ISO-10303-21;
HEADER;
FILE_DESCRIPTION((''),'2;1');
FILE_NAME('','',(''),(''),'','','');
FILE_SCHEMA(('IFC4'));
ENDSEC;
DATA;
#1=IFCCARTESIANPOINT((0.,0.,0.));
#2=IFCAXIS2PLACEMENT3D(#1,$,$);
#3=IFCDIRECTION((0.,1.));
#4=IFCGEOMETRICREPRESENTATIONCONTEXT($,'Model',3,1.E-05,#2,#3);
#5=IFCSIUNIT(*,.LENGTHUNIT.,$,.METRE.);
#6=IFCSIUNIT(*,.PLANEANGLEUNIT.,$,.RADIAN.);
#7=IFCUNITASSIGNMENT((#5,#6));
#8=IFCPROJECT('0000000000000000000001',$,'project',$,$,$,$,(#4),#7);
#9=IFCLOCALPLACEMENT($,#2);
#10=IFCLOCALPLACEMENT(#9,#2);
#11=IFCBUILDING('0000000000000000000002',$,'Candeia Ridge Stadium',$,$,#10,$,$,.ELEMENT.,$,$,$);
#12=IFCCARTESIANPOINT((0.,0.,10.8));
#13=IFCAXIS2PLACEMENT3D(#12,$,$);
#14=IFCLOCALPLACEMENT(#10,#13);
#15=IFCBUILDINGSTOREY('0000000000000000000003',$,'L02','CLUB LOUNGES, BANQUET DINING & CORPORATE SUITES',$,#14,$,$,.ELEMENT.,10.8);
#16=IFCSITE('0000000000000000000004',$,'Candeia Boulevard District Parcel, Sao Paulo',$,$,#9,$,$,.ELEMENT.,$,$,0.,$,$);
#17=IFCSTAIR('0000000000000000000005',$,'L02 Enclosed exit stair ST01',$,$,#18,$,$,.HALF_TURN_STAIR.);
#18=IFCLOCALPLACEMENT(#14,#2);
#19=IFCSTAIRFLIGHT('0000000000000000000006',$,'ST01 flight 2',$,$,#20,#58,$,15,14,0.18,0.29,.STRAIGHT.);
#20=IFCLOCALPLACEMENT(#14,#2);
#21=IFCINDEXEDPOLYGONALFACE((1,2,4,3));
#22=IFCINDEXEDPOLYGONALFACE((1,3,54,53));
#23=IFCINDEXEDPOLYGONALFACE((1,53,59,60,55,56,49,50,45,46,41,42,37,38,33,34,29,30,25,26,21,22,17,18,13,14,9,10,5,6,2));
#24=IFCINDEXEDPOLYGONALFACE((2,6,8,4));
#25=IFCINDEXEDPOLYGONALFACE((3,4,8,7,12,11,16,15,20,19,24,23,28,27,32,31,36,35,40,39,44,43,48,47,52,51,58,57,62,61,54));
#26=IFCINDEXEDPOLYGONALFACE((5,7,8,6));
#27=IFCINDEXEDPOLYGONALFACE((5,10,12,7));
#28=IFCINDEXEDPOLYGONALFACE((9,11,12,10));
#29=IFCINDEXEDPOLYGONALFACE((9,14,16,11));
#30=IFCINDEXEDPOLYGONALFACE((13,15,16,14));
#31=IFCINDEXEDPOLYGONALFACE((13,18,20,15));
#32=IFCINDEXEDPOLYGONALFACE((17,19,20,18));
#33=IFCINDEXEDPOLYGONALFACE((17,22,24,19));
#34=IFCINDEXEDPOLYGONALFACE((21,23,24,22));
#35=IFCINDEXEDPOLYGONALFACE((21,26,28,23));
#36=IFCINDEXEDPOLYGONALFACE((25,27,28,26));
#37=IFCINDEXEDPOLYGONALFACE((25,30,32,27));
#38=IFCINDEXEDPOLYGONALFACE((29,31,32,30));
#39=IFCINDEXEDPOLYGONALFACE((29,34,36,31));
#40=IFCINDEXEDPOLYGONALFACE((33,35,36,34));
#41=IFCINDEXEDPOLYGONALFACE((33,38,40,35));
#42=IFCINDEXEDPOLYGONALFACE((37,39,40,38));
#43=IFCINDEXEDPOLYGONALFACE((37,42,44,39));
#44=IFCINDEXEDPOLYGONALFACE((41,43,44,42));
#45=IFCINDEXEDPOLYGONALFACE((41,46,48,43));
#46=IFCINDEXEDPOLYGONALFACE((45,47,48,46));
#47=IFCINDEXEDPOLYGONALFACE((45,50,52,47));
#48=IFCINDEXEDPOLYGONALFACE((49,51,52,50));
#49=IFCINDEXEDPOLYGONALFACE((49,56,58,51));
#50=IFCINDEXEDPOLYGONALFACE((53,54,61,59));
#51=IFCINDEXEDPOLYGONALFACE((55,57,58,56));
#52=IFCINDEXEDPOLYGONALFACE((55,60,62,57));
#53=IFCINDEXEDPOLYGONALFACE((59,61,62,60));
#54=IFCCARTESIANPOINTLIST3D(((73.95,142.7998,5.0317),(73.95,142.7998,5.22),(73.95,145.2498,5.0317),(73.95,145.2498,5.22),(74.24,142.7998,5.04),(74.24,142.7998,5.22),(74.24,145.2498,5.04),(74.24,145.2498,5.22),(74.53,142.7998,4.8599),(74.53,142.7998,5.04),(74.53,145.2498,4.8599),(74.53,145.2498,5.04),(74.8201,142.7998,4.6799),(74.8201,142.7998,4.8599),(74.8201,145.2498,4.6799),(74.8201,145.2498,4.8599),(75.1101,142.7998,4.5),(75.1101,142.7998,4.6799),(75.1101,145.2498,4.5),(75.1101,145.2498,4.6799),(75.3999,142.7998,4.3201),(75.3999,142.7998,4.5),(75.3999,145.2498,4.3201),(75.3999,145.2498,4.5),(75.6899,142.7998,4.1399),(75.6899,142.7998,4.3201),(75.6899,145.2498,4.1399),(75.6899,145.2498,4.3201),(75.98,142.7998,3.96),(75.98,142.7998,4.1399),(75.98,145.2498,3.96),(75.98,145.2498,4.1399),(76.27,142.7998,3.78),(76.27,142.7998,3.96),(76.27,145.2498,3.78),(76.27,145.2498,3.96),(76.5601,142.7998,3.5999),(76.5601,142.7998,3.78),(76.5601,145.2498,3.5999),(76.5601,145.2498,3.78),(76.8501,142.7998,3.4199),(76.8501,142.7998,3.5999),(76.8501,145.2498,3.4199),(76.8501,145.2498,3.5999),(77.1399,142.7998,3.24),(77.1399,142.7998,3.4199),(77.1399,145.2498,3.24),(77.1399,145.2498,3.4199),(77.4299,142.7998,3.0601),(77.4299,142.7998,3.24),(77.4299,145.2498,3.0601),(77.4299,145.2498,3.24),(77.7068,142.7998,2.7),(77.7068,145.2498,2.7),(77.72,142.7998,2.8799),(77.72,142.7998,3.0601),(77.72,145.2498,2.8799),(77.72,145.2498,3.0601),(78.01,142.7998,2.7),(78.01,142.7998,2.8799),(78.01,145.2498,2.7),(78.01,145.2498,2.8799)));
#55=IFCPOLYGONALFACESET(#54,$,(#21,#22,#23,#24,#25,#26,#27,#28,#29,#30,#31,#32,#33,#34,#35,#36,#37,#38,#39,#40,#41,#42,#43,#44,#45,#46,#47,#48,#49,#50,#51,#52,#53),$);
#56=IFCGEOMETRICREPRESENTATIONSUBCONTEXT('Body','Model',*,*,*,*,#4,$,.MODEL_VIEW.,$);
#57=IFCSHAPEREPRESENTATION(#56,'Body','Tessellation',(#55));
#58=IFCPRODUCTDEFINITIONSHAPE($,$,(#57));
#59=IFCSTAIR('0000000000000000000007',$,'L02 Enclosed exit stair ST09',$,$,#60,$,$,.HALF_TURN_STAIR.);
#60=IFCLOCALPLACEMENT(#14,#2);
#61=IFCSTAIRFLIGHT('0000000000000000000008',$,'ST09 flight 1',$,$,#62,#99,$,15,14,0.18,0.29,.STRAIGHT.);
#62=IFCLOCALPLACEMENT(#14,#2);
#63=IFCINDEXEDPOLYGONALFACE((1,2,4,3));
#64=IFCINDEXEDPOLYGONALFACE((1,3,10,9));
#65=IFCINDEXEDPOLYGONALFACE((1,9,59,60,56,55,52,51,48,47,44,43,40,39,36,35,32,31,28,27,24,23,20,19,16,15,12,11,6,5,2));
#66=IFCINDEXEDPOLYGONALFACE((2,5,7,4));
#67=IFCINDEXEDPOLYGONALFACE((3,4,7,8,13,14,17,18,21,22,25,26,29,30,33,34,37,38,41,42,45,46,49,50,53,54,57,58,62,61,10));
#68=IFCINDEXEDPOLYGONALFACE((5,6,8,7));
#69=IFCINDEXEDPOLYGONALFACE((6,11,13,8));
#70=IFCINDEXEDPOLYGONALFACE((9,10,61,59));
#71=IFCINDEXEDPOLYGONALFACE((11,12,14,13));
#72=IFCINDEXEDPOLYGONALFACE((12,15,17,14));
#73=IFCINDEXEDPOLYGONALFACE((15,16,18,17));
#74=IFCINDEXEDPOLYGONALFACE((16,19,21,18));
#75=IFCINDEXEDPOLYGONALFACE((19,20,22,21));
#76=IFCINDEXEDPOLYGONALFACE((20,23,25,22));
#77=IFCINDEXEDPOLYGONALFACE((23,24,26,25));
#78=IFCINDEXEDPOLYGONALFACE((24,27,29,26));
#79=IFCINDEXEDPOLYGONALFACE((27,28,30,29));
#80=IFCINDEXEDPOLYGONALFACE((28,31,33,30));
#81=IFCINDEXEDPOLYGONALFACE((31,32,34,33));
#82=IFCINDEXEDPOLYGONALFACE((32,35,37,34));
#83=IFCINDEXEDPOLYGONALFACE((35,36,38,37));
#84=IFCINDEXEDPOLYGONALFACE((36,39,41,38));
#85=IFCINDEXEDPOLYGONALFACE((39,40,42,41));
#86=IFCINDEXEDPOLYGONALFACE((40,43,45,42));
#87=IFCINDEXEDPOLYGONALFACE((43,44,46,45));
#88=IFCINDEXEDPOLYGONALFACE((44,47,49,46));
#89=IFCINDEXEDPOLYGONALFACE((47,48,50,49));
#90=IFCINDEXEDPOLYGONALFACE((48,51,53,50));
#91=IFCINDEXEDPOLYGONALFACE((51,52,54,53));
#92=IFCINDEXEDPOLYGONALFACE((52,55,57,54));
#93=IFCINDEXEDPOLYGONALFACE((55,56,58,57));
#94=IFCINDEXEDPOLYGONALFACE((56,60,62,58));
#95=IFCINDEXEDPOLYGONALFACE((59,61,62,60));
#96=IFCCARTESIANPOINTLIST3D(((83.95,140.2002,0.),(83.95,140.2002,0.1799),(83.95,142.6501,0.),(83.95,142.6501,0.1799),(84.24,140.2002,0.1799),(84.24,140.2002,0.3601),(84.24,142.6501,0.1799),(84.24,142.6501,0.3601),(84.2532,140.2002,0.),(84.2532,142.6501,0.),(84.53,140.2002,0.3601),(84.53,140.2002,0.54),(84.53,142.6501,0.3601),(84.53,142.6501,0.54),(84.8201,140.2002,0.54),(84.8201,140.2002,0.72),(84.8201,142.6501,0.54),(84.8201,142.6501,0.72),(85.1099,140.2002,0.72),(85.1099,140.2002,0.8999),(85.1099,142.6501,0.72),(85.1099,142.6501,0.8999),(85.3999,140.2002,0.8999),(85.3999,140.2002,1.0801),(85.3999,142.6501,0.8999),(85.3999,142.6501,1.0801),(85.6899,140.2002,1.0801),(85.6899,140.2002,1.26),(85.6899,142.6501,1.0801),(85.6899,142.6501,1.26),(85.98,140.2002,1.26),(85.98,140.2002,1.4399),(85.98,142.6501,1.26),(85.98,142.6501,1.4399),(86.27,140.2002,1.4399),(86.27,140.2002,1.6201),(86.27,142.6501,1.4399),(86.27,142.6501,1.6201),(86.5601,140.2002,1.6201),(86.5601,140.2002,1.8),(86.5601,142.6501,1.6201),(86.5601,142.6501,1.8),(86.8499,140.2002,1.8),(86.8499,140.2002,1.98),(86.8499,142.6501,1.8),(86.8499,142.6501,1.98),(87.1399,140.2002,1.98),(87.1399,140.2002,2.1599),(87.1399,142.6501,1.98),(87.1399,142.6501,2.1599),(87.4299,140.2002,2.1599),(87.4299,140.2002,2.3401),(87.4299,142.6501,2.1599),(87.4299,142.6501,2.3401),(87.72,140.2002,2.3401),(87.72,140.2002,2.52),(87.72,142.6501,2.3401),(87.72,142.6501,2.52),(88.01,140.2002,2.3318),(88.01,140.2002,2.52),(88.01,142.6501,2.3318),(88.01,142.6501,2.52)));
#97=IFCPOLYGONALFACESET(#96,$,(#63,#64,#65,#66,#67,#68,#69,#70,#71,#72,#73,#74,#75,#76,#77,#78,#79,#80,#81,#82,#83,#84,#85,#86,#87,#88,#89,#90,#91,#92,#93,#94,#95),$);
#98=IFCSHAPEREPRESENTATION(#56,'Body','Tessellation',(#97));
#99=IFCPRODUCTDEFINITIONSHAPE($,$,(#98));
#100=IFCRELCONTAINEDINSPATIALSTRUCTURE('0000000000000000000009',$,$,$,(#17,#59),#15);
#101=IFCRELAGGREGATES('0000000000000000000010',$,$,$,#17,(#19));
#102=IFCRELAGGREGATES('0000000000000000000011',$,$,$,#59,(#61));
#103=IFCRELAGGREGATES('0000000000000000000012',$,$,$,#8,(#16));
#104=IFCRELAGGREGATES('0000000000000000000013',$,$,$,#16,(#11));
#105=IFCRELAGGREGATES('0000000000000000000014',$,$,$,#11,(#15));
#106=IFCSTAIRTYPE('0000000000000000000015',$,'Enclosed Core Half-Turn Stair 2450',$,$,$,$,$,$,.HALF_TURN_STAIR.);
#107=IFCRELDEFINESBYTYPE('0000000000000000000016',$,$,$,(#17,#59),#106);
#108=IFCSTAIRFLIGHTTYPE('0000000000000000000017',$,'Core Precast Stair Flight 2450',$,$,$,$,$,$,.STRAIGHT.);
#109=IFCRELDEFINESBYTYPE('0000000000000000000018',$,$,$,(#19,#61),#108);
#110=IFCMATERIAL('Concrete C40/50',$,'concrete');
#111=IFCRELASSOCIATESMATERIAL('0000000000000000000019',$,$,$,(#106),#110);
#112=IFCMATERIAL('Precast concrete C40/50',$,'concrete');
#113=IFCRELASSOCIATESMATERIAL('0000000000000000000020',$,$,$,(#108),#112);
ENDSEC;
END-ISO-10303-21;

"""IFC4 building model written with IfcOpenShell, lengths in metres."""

from ifc_helpers import new_model, si_unit, direction, frame, origin, place, context, subcontext, project, spatial, polyline, outline, extrude, material, type_object, element, aggregate, save


model = new_model("IFC4")

# Units and contexts
model_context = context("Model", 3, precision=1e-05, world=origin(), true_north=direction((0.0, 1.0)))
body_context = subcontext(model_context, "Body", "Model", "MODEL_VIEW")
ifc_project = project(units=[si_unit("LENGTHUNIT", "METRE"), si_unit("PLANEANGLEUNIT", "RADIAN")], contexts=[model_context])

# Site, building, storey
site_placement = place(None, origin())
site = spatial("IfcSite", under=ifc_project, at=site_placement, Name="Candeia Boulevard District Parcel, Sao Paulo", CompositionType="ELEMENT", RefElevation=0.0)
building_placement = place(site_placement, origin())
building = spatial("IfcBuilding", under=site, at=building_placement, Name="Candeia Ridge Stadium", CompositionType="ELEMENT")
storey_placement = place(building_placement, frame((0.0, 0.0, 10.8)))
storey = spatial("IfcBuildingStorey", under=building, at=storey_placement, Name="L02", Description="CLUB LOUNGES, BANQUET DINING & CORPORATE SUITES", CompositionType="ELEMENT", Elevation=10.8)

# Shared definitions
ifc_material_1 = material(Name="Concrete C40/50", Category="concrete")

# Stairs, stair flights
stair_type = type_object("IfcStairType", Name="Enclosed Core Half-Turn Stair 2450", PredefinedType="HALF_TURN_STAIR", material=ifc_material_1)
stair_1_placement = place(storey_placement, origin())
stair_1 = element("IfcStair", 1, at=stair_1_placement, inside=storey, type_object=stair_type, Name="L02 Enclosed exit stair ST01", PredefinedType="HALF_TURN_STAIR")
ifc_material_2 = material(Name="Precast concrete C40/50", Category="concrete")
stair_flight_type = type_object("IfcStairFlightType", Name="Core Precast Stair Flight 2450", PredefinedType="STRAIGHT", material=ifc_material_2)
stair_flight_1_placement = place(storey_placement, frame((78.01, 144.0249, 2.7), z_axis=(0.0, 0.0, 1.0), x_axis=(-1.0, 0.0, 0.0)))
stair_flight_1 = element("IfcStairFlight", 2, at=stair_flight_1_placement, type_object=stair_flight_type, Name="ST01 flight 2", NumberOfRisers=15, NumberOfTreads=14, PredefinedType="STRAIGHT", RiserHeight=0.18, TreadLength=0.29, context=body_context, shape_type="SweptSolid", body=[
    extrude(outline(polyline([(0.0, 0.0), (0.0, 0.1799), (0.29, 0.1799), (0.29, 0.3601), (0.5801, 0.3601), (0.5801, 0.54), (0.8701, 0.54), (0.8701, 0.72), (1.1599, 0.72), (1.1599, 0.8999), (1.45, 0.8999), (1.45, 1.0801), (1.74, 1.0801), (1.74, 1.26), (2.03, 1.26), (2.03, 1.4399), (2.3201, 1.4399), (2.3201, 1.6201), (2.6101, 1.6201), (2.6101, 1.8), (2.8999, 1.8), (2.8999, 1.98), (3.1899, 1.98), (3.1899, 2.1599), (3.48, 2.1599), (3.48, 2.3401), (3.77, 2.3401), (3.77, 2.52), (4.0601, 2.52), (4.0601, 2.7), (4.0601, 2.3318), (0.3032, 0.0), (0.0, 0.0)])), frame((0.0, 1.2251, 0.0), z_axis=(0.0, -1.0, 0.0), x_axis=(1.0, 0.0, 0.0)), (0.0, 0.0, 1.0), 2.45),
])
aggregate(stair_1, [stair_flight_1])
stair_2_placement = place(storey_placement, origin())
stair_2 = element("IfcStair", 3, at=stair_2_placement, inside=storey, type_object=stair_type, Name="L02 Enclosed exit stair ST09", PredefinedType="HALF_TURN_STAIR")
stair_flight_2_placement = place(storey_placement, frame((83.95, 141.425, 0.0), z_axis=(0.0, 0.0, 1.0), x_axis=(1.0, 0.0, 0.0)))
stair_flight_2 = element("IfcStairFlight", 4, at=stair_flight_2_placement, type_object=stair_flight_type, Name="ST09 flight 1", NumberOfRisers=15, NumberOfTreads=14, PredefinedType="STRAIGHT", RiserHeight=0.18, TreadLength=0.29, context=body_context, shape_type="SweptSolid", body=[
    extrude(outline(polyline([(0.0, 0.0), (0.0, 0.1799), (0.29, 0.1799), (0.29, 0.3601), (0.5801, 0.3601), (0.5801, 0.54), (0.8701, 0.54), (0.8701, 0.72), (1.1599, 0.72), (1.1599, 0.8999), (1.45, 0.8999), (1.45, 1.0801), (1.74, 1.0801), (1.74, 1.26), (2.03, 1.26), (2.03, 1.4399), (2.3201, 1.4399), (2.3201, 1.6201), (2.6101, 1.6201), (2.6101, 1.8), (2.8999, 1.8), (2.8999, 1.98), (3.1899, 1.98), (3.1899, 2.1599), (3.48, 2.1599), (3.48, 2.3401), (3.77, 2.3401), (3.77, 2.52), (4.0601, 2.52), (4.0601, 2.7), (4.0601, 2.3318), (0.3032, 0.0), (0.0, 0.0)])), frame((0.0, 1.2251, 0.0), z_axis=(0.0, -1.0, 0.0), x_axis=(1.0, 0.0, 0.0)), (0.0, 0.0, 1.0), 2.45),
])
aggregate(stair_2, [stair_flight_2])

save(model, "model.ifc")
